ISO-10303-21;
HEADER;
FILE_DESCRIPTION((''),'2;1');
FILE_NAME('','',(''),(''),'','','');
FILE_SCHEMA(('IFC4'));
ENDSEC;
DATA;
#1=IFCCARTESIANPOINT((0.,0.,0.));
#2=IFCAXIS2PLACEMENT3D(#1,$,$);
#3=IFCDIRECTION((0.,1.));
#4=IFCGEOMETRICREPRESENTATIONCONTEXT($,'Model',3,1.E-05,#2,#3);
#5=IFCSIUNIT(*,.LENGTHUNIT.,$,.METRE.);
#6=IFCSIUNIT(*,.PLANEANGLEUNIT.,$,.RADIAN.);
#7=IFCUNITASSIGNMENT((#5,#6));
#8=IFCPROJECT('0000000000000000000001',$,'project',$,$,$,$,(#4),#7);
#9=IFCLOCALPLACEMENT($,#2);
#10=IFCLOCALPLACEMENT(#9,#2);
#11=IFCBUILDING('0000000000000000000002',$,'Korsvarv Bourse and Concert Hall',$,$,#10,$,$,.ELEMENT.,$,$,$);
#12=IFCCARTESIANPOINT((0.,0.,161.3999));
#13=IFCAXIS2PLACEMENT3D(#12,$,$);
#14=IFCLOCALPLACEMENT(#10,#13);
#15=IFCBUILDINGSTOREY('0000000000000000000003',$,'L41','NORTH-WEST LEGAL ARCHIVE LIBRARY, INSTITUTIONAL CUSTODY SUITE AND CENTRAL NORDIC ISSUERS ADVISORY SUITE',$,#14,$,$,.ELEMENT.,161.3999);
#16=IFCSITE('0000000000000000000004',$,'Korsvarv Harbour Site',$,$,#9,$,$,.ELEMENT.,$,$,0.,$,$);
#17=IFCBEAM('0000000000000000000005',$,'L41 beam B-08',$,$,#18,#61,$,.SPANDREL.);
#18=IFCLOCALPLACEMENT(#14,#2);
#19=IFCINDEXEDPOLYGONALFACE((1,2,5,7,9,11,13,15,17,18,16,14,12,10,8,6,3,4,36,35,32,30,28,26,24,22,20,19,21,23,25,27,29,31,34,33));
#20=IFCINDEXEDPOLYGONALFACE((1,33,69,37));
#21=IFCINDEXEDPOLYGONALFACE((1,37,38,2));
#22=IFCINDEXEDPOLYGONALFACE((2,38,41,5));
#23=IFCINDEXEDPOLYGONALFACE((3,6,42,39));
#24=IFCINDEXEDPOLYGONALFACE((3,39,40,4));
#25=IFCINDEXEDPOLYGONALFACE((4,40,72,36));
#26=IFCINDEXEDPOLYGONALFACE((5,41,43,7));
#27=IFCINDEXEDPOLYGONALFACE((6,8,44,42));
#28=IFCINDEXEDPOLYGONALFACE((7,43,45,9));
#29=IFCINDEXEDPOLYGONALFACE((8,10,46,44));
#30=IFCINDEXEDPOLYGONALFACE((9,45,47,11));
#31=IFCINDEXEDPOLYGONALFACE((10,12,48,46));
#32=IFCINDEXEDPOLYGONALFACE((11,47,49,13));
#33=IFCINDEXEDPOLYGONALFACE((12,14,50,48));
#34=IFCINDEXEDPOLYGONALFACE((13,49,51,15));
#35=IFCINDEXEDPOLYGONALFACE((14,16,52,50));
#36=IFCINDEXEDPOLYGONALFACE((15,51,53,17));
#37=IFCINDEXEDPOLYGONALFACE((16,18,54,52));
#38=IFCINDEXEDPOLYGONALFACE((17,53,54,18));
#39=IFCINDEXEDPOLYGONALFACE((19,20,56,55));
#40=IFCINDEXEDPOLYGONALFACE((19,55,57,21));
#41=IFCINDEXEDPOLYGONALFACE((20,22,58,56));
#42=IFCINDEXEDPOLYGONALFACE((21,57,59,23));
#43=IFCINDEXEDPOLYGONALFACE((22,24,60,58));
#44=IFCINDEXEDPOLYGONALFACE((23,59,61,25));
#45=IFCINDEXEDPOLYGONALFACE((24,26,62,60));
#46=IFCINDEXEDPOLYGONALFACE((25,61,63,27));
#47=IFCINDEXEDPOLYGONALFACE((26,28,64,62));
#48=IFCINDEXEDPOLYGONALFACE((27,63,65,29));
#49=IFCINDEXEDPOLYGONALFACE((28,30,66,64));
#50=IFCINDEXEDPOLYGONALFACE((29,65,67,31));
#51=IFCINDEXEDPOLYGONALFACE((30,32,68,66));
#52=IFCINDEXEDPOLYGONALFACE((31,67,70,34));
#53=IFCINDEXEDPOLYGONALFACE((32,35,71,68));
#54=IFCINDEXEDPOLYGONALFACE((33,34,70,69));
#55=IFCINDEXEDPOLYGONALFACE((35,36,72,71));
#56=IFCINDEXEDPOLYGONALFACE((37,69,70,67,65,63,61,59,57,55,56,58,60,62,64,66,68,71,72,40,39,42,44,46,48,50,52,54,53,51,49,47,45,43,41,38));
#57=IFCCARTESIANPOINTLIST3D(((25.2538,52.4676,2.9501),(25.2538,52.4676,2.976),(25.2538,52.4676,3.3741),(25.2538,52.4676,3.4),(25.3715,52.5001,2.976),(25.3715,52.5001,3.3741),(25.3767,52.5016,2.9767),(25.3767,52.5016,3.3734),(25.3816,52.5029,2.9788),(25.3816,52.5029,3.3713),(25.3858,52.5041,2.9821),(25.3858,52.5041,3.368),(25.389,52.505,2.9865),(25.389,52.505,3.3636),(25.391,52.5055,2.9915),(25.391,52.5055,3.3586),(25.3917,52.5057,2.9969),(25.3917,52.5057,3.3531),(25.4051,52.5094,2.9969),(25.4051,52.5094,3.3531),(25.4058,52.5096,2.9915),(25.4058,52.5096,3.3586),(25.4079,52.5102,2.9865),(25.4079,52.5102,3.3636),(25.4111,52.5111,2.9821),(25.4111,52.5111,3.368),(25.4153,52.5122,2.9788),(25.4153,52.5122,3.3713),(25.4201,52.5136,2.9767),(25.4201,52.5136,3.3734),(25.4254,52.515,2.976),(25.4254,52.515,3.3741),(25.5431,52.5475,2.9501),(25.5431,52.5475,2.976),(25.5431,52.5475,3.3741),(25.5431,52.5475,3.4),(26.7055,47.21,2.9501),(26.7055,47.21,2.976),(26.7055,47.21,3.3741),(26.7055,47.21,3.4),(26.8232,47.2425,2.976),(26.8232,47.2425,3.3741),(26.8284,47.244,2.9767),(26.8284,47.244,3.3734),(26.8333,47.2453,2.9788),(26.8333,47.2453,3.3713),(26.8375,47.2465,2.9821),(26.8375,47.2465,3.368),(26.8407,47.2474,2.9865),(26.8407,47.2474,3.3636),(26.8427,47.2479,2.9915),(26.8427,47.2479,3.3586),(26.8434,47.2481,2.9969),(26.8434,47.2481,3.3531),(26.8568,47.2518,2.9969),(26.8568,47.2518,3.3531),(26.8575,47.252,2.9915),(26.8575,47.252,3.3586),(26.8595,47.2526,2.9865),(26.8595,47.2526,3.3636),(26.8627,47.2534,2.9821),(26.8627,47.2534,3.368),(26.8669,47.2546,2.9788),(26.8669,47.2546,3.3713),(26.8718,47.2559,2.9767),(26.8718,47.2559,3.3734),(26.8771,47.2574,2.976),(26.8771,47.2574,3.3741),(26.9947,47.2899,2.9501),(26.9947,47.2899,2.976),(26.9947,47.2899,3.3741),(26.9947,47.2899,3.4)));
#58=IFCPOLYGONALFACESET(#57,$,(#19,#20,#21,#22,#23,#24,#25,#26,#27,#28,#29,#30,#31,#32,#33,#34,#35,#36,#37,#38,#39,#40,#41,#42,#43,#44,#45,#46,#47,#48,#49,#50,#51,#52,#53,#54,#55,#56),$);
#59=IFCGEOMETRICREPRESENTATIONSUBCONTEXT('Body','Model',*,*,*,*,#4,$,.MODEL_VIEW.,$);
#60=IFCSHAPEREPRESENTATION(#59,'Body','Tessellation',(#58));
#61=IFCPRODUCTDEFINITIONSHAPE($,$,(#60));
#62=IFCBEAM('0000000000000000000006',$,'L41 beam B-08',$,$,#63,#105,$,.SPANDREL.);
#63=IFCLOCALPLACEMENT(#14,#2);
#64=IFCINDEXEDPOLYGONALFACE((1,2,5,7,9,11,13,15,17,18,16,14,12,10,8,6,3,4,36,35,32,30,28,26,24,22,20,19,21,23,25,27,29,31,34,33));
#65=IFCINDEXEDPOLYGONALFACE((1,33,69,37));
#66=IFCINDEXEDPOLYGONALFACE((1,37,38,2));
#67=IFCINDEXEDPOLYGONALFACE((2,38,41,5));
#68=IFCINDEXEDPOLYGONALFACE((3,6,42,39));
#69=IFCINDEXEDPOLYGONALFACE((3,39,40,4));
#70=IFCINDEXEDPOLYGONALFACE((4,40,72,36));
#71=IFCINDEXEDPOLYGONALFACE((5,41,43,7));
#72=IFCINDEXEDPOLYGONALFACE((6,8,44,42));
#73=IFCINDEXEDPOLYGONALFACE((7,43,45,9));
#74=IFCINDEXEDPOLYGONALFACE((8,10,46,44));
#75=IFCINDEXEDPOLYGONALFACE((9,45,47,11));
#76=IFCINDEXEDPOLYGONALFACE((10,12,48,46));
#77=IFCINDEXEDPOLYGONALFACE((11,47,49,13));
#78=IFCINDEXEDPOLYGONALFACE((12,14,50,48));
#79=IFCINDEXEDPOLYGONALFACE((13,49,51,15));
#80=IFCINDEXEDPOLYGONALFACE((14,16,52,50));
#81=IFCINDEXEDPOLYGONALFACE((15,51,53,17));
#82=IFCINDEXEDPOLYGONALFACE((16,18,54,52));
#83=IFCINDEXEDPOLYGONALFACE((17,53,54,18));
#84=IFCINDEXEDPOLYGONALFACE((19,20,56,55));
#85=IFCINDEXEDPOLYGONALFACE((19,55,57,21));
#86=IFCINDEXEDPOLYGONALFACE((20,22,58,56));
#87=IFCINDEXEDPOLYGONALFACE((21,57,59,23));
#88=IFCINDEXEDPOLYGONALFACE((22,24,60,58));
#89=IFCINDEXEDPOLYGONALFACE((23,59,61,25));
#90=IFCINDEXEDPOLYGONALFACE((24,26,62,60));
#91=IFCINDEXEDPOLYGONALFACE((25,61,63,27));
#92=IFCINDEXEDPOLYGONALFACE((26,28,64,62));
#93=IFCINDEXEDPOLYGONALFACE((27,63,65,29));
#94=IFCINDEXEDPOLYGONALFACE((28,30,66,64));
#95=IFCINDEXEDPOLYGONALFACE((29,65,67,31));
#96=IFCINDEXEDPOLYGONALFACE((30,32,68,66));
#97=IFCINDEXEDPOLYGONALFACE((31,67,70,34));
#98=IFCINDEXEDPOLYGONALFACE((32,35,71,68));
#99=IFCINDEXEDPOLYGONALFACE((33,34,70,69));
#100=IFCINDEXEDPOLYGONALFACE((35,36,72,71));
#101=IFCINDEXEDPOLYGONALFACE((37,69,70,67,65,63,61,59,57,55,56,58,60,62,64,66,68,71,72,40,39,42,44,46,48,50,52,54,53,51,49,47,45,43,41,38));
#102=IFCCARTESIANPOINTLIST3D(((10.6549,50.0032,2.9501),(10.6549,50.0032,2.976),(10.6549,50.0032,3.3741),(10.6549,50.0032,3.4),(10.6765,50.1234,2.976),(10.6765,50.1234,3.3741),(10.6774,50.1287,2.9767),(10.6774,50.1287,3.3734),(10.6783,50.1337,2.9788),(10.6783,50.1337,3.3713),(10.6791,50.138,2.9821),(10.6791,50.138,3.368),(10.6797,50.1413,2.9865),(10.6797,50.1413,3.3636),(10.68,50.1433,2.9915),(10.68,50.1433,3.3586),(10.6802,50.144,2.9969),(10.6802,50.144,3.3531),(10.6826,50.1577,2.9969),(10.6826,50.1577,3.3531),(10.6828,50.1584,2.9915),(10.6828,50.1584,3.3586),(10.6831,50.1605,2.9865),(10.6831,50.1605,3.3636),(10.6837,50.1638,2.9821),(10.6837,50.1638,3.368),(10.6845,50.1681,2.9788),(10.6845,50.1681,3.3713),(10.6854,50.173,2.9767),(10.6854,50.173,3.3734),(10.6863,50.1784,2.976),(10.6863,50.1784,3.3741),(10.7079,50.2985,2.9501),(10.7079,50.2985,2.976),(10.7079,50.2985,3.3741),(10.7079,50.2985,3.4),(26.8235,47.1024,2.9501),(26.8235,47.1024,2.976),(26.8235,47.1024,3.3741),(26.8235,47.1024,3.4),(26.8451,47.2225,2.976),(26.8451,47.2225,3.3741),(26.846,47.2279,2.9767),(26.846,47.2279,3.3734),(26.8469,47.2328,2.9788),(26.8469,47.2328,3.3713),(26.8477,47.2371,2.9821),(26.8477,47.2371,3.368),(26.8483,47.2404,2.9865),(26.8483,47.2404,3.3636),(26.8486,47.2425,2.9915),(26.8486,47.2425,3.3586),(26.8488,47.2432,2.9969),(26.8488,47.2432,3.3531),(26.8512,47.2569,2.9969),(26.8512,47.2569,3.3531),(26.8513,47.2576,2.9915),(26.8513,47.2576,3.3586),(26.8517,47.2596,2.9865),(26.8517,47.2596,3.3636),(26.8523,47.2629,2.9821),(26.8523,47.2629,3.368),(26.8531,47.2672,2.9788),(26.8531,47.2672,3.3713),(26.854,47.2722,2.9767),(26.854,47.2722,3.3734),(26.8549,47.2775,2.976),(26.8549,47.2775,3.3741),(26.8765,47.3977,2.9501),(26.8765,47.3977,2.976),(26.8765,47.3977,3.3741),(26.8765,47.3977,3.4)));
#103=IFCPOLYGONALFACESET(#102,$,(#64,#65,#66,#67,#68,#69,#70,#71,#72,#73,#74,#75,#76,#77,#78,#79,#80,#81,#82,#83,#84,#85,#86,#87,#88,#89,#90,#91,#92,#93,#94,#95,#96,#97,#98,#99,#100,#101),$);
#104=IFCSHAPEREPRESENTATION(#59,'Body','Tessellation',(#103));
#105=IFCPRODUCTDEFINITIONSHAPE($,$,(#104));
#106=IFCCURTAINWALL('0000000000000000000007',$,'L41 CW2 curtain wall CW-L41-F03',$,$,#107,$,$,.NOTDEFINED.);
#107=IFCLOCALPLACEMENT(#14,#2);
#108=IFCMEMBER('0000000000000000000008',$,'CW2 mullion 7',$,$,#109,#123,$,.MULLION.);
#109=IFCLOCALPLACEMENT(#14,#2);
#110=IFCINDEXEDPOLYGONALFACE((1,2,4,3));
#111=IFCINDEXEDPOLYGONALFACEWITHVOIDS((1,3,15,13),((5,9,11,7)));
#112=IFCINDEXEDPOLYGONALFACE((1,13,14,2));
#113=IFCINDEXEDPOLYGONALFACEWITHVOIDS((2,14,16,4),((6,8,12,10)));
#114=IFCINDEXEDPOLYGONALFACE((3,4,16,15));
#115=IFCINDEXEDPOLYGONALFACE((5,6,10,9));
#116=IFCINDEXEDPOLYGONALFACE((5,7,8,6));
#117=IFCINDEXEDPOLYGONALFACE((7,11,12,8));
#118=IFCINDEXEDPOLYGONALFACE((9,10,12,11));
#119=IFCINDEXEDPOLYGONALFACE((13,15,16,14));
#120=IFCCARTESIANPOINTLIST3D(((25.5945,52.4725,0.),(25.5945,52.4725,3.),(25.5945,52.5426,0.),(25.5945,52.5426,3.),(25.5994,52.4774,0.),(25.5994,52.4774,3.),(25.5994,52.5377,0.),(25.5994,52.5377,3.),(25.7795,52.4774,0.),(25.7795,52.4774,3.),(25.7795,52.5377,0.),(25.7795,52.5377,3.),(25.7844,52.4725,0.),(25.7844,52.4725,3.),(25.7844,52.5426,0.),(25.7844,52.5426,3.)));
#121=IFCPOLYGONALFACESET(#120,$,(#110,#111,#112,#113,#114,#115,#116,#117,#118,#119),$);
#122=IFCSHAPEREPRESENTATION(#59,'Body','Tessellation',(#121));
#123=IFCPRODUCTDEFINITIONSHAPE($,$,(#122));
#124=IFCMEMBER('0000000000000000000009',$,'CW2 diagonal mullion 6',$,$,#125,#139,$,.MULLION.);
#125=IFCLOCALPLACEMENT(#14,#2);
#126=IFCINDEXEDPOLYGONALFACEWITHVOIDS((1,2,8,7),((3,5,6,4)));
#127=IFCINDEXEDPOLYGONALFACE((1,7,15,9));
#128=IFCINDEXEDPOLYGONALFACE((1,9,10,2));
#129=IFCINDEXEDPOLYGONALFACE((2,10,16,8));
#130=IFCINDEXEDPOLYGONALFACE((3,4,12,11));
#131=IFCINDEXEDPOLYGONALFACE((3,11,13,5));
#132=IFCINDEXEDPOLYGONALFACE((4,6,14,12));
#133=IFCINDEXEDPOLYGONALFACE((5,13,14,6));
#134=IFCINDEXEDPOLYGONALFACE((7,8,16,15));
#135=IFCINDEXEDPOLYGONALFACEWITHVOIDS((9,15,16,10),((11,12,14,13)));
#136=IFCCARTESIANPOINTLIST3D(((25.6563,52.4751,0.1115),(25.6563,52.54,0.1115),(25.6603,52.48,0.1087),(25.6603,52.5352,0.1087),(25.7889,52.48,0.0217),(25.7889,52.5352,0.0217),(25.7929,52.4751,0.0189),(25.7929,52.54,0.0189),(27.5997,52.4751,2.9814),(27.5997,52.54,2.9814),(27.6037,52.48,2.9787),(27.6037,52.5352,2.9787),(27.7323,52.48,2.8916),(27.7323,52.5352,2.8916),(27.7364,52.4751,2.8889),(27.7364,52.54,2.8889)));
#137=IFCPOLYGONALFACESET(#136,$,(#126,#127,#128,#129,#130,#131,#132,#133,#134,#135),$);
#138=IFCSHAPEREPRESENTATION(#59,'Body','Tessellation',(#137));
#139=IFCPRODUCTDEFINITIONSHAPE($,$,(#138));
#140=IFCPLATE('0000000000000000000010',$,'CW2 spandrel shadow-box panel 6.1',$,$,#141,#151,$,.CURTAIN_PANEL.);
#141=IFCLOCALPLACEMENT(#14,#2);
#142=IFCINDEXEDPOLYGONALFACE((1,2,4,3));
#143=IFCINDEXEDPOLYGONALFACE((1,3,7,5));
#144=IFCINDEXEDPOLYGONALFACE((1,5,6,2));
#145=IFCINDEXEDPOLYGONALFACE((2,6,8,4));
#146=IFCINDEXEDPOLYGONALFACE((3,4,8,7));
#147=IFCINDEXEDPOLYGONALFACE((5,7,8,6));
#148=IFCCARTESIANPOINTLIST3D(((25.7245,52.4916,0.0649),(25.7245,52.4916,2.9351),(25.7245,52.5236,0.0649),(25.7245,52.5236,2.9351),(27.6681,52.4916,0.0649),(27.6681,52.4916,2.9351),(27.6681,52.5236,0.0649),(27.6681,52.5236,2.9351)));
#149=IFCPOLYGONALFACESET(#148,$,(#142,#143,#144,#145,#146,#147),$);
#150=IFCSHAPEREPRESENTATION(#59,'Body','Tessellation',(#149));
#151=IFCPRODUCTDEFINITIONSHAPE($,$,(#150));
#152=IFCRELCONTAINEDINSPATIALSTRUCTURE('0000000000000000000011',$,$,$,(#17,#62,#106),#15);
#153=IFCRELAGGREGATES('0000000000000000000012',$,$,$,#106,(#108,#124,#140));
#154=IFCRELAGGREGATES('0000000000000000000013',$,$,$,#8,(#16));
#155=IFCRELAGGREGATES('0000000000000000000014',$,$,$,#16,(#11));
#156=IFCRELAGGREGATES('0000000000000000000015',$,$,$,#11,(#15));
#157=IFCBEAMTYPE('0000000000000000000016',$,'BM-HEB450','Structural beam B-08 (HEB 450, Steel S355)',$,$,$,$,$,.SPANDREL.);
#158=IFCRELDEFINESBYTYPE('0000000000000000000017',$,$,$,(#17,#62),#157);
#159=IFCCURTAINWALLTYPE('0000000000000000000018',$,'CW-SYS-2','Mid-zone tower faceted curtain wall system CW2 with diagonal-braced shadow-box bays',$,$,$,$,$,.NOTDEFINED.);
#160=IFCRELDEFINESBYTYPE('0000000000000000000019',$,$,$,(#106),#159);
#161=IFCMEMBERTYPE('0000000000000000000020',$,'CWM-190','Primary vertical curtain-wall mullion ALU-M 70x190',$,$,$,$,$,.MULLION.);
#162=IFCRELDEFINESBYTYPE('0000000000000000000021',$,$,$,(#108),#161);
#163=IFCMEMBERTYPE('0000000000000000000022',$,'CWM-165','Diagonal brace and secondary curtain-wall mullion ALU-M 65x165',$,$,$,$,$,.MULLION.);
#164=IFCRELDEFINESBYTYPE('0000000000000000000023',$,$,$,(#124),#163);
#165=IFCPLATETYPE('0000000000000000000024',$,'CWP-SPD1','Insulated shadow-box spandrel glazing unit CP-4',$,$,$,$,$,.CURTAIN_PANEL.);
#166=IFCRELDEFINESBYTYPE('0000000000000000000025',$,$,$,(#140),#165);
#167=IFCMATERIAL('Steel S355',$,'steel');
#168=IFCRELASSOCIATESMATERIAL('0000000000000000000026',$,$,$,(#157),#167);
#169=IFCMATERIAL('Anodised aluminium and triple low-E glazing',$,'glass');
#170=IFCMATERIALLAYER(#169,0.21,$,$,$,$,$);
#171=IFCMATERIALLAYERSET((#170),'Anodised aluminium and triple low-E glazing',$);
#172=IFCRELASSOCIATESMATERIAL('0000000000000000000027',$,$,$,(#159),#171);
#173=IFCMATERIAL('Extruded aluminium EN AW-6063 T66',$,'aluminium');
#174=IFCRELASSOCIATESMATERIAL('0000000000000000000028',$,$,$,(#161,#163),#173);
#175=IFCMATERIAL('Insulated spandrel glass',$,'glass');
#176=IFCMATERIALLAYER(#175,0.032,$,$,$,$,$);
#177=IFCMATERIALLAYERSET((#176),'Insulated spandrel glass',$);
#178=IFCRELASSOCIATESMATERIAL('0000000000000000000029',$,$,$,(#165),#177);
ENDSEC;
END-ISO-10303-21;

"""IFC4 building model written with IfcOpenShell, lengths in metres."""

from ifc_helpers import new_model, si_unit, direction, frame, origin, origin_2d, place, context, subcontext, project, spatial, rectangle, hollow_rectangle, i_section, extrude, source, transform, mapped, material, layer, layer_set, material_profile, profile_set, type_object, element, aggregate, save


model = new_model("IFC4")

# Units and contexts
model_context = context("Model", 3, precision=1e-05, world=origin(), true_north=direction((0.0, 1.0)))
body_context = subcontext(model_context, "Body", "Model", "MODEL_VIEW")
ifc_project = project(units=[si_unit("LENGTHUNIT", "METRE"), si_unit("PLANEANGLEUNIT", "RADIAN")], contexts=[model_context])

# Site, building, storey
site_placement = place(None, origin())
site = spatial("IfcSite", under=ifc_project, at=site_placement, Name="Korsvarv Harbour Site", CompositionType="ELEMENT", RefElevation=0.0)
building_placement = place(site_placement, origin())
building = spatial("IfcBuilding", under=site, at=building_placement, Name="Korsvarv Bourse and Concert Hall", CompositionType="ELEMENT")
storey_placement = place(building_placement, frame((0.0, 0.0, 161.3999)))
storey = spatial("IfcBuildingStorey", under=building, at=storey_placement, Name="L41", Description="NORTH-WEST LEGAL ARCHIVE LIBRARY, INSTITUTIONAL CUSTODY SUITE AND CENTRAL NORDIC ISSUERS ADVISORY SUITE", CompositionType="ELEMENT", Elevation=161.3999)

# Shared definitions
ifc_material_1 = material(Name="Steel S355", Category="steel")

# Beams
ifc_material_profile_1 = material_profile(ifc_material_1, i_section(OverallWidth=0.3, OverallDepth=0.45, WebThickness=0.0139, FlangeThickness=0.0259, FilletRadius=0.021, at=origin_2d()), Name="HEB 450")
ifc_profile_set_1 = profile_set([ifc_material_profile_1], Name="Steel S355")
beam_type_1 = type_object("IfcBeamType", Name="BM-HEB450", Description="Structural beam B-08 (HEB 450, Steel S355)", PredefinedType="SPANDREL", material=ifc_profile_set_1)
shared_shape_1 = source(origin(), body_context, "Body", "SweptSolid", [
    extrude(i_section(OverallWidth=0.3, OverallDepth=0.45, WebThickness=0.0139, FlangeThickness=0.0259, FilletRadius=0.021, at=origin_2d()), origin(), (0.0, 0.0, 1.0), 5.4543),
])
beam_1_placement = place(storey_placement, frame((25.3984, 52.5076, 3.175), z_axis=(0.26615, -0.963932, 0.0), x_axis=(0.963932, 0.26615, 0.0)))
element("IfcBeam", 1, at=beam_1_placement, inside=storey, type_object=beam_type_1, Name="L41 beam B-08", PredefinedType="SPANDREL", context=body_context, shape_type="MappedRepresentation", body=[
    mapped(shared_shape_1, transform((0.0, 0.0, 0.0), scale=1.0)),
])
shared_shape_2 = source(origin(), body_context, "Body", "SweptSolid", [
    extrude(i_section(OverallWidth=0.3, OverallDepth=0.45, WebThickness=0.0139, FlangeThickness=0.0259, FilletRadius=0.021, at=origin_2d()), origin(), (0.0, 0.0, 1.0), 16.4268),
])
beam_2_placement = place(storey_placement, frame((10.6814, 50.1509, 3.175), z_axis=(0.984284, -0.176594, 0.0), x_axis=(0.176594, 0.984284, 0.0)))
element("IfcBeam", 2, at=beam_2_placement, inside=storey, type_object=beam_type_1, Name="L41 beam B-08", PredefinedType="SPANDREL", context=body_context, shape_type="MappedRepresentation", body=[
    mapped(shared_shape_2, transform((0.0, 0.0, 0.0), scale=1.0)),
])

# Curtain wall, members, plate
ifc_material_2 = material(Name="Anodised aluminium and triple low-E glazing", Category="glass")
ifc_layer_1 = layer(ifc_material_2, 0.21)
ifc_layer_set_1 = layer_set([ifc_layer_1], Name="Anodised aluminium and triple low-E glazing")
curtain_wall_type = type_object("IfcCurtainWallType", Name="CW-SYS-2", Description="Mid-zone tower faceted curtain wall system CW2 with diagonal-braced shadow-box bays", PredefinedType="NOTDEFINED", material=ifc_layer_set_1)
curtain_wall_placement = place(storey_placement, origin())
curtain_wall = element("IfcCurtainWall", 3, at=curtain_wall_placement, inside=storey, type_object=curtain_wall_type, Name="L41 CW2 curtain wall CW-L41-F03", PredefinedType="NOTDEFINED")
ifc_material_3 = material(Name="Extruded aluminium EN AW-6063 T66", Category="aluminium")
ifc_material_profile_2 = material_profile(ifc_material_3, hollow_rectangle(XDim=0.0701, YDim=0.1899, WallThickness=0.0049, at=origin_2d()), Name="ALU-M 70x190")
ifc_profile_set_2 = profile_set([ifc_material_profile_2], Name="Extruded aluminium EN AW-6063 T66")
member_type_1 = type_object("IfcMemberType", Name="CWM-190", Description="Primary vertical curtain-wall mullion ALU-M 70x190", PredefinedType="MULLION", material=ifc_profile_set_2)
shared_shape_3 = source(origin(), body_context, "Body", "SweptSolid", [
    extrude(hollow_rectangle(XDim=0.0701, YDim=0.1899, WallThickness=0.0049, at=origin_2d()), origin(), (0.0, 0.0, 1.0), 3.0),
])
member_1_placement = place(storey_placement, frame((25.6895, 52.5076, 0.0), z_axis=(0.0, 0.0, 1.0), x_axis=(0.0, -1.0, 0.0)))
member_1 = element("IfcMember", 4, at=member_1_placement, type_object=member_type_1, Name="CW2 mullion 7", PredefinedType="MULLION", context=body_context, shape_type="MappedRepresentation", body=[
    mapped(shared_shape_3, transform((0.0, 0.0, 0.0), scale=1.0)),
])
ifc_material_profile_3 = material_profile(ifc_material_3, hollow_rectangle(XDim=0.0649, YDim=0.165, WallThickness=0.0049, at=origin_2d()), Name="ALU-M 65x165")
ifc_profile_set_3 = profile_set([ifc_material_profile_3], Name="Extruded aluminium EN AW-6063 T66")
member_type_2 = type_object("IfcMemberType", Name="CWM-165", Description="Diagonal brace and secondary curtain-wall mullion ALU-M 65x165", PredefinedType="MULLION", material=ifc_profile_set_3)
shared_shape_4 = source(origin(), body_context, "Body", "SweptSolid", [
    extrude(hollow_rectangle(XDim=0.0649, YDim=0.165, WallThickness=0.0049, at=origin_2d()), origin(), (0.0, 0.0, 1.0), 3.4661),
])
member_2_placement = place(storey_placement, frame((25.7246, 52.5076, 0.0652), z_axis=(0.5607, 0.0, 0.828019), x_axis=(0.0, 1.0, 0.0)))
member_2 = element("IfcMember", 5, at=member_2_placement, type_object=member_type_2, Name="CW2 diagonal mullion 6", PredefinedType="MULLION", context=body_context, shape_type="MappedRepresentation", body=[
    mapped(shared_shape_4, transform((0.0, 0.0, 0.0), scale=1.0)),
])
ifc_material_4 = material(Name="Insulated spandrel glass", Category="glass")
ifc_layer_2 = layer(ifc_material_4, 0.032)
ifc_layer_set_2 = layer_set([ifc_layer_2], Name="Insulated spandrel glass")
plate_type = type_object("IfcPlateType", Name="CWP-SPD1", Description="Insulated shadow-box spandrel glazing unit CP-4", PredefinedType="CURTAIN_PANEL", material=ifc_layer_set_2)
shared_shape_5 = source(origin(), body_context, "Body", "SweptSolid", [
    extrude(rectangle(XDim=1.9436, YDim=0.032, at=origin_2d()), origin(), (0.0, 0.0, 1.0), 2.8701),
])
plate_placement = place(storey_placement, frame((26.6963, 52.5076, 0.0649), z_axis=(0.0, 0.0, 1.0), x_axis=(-1.0, 0.0, 0.0)))
plate = element("IfcPlate", 6, at=plate_placement, type_object=plate_type, Name="CW2 spandrel shadow-box panel 6.1", PredefinedType="CURTAIN_PANEL", context=body_context, shape_type="MappedRepresentation", body=[
    mapped(shared_shape_5, transform((0.0, 0.0, 0.0), scale=1.0)),
])
aggregate(curtain_wall, [member_1, member_2, plate])

save(model, "model.ifc")
